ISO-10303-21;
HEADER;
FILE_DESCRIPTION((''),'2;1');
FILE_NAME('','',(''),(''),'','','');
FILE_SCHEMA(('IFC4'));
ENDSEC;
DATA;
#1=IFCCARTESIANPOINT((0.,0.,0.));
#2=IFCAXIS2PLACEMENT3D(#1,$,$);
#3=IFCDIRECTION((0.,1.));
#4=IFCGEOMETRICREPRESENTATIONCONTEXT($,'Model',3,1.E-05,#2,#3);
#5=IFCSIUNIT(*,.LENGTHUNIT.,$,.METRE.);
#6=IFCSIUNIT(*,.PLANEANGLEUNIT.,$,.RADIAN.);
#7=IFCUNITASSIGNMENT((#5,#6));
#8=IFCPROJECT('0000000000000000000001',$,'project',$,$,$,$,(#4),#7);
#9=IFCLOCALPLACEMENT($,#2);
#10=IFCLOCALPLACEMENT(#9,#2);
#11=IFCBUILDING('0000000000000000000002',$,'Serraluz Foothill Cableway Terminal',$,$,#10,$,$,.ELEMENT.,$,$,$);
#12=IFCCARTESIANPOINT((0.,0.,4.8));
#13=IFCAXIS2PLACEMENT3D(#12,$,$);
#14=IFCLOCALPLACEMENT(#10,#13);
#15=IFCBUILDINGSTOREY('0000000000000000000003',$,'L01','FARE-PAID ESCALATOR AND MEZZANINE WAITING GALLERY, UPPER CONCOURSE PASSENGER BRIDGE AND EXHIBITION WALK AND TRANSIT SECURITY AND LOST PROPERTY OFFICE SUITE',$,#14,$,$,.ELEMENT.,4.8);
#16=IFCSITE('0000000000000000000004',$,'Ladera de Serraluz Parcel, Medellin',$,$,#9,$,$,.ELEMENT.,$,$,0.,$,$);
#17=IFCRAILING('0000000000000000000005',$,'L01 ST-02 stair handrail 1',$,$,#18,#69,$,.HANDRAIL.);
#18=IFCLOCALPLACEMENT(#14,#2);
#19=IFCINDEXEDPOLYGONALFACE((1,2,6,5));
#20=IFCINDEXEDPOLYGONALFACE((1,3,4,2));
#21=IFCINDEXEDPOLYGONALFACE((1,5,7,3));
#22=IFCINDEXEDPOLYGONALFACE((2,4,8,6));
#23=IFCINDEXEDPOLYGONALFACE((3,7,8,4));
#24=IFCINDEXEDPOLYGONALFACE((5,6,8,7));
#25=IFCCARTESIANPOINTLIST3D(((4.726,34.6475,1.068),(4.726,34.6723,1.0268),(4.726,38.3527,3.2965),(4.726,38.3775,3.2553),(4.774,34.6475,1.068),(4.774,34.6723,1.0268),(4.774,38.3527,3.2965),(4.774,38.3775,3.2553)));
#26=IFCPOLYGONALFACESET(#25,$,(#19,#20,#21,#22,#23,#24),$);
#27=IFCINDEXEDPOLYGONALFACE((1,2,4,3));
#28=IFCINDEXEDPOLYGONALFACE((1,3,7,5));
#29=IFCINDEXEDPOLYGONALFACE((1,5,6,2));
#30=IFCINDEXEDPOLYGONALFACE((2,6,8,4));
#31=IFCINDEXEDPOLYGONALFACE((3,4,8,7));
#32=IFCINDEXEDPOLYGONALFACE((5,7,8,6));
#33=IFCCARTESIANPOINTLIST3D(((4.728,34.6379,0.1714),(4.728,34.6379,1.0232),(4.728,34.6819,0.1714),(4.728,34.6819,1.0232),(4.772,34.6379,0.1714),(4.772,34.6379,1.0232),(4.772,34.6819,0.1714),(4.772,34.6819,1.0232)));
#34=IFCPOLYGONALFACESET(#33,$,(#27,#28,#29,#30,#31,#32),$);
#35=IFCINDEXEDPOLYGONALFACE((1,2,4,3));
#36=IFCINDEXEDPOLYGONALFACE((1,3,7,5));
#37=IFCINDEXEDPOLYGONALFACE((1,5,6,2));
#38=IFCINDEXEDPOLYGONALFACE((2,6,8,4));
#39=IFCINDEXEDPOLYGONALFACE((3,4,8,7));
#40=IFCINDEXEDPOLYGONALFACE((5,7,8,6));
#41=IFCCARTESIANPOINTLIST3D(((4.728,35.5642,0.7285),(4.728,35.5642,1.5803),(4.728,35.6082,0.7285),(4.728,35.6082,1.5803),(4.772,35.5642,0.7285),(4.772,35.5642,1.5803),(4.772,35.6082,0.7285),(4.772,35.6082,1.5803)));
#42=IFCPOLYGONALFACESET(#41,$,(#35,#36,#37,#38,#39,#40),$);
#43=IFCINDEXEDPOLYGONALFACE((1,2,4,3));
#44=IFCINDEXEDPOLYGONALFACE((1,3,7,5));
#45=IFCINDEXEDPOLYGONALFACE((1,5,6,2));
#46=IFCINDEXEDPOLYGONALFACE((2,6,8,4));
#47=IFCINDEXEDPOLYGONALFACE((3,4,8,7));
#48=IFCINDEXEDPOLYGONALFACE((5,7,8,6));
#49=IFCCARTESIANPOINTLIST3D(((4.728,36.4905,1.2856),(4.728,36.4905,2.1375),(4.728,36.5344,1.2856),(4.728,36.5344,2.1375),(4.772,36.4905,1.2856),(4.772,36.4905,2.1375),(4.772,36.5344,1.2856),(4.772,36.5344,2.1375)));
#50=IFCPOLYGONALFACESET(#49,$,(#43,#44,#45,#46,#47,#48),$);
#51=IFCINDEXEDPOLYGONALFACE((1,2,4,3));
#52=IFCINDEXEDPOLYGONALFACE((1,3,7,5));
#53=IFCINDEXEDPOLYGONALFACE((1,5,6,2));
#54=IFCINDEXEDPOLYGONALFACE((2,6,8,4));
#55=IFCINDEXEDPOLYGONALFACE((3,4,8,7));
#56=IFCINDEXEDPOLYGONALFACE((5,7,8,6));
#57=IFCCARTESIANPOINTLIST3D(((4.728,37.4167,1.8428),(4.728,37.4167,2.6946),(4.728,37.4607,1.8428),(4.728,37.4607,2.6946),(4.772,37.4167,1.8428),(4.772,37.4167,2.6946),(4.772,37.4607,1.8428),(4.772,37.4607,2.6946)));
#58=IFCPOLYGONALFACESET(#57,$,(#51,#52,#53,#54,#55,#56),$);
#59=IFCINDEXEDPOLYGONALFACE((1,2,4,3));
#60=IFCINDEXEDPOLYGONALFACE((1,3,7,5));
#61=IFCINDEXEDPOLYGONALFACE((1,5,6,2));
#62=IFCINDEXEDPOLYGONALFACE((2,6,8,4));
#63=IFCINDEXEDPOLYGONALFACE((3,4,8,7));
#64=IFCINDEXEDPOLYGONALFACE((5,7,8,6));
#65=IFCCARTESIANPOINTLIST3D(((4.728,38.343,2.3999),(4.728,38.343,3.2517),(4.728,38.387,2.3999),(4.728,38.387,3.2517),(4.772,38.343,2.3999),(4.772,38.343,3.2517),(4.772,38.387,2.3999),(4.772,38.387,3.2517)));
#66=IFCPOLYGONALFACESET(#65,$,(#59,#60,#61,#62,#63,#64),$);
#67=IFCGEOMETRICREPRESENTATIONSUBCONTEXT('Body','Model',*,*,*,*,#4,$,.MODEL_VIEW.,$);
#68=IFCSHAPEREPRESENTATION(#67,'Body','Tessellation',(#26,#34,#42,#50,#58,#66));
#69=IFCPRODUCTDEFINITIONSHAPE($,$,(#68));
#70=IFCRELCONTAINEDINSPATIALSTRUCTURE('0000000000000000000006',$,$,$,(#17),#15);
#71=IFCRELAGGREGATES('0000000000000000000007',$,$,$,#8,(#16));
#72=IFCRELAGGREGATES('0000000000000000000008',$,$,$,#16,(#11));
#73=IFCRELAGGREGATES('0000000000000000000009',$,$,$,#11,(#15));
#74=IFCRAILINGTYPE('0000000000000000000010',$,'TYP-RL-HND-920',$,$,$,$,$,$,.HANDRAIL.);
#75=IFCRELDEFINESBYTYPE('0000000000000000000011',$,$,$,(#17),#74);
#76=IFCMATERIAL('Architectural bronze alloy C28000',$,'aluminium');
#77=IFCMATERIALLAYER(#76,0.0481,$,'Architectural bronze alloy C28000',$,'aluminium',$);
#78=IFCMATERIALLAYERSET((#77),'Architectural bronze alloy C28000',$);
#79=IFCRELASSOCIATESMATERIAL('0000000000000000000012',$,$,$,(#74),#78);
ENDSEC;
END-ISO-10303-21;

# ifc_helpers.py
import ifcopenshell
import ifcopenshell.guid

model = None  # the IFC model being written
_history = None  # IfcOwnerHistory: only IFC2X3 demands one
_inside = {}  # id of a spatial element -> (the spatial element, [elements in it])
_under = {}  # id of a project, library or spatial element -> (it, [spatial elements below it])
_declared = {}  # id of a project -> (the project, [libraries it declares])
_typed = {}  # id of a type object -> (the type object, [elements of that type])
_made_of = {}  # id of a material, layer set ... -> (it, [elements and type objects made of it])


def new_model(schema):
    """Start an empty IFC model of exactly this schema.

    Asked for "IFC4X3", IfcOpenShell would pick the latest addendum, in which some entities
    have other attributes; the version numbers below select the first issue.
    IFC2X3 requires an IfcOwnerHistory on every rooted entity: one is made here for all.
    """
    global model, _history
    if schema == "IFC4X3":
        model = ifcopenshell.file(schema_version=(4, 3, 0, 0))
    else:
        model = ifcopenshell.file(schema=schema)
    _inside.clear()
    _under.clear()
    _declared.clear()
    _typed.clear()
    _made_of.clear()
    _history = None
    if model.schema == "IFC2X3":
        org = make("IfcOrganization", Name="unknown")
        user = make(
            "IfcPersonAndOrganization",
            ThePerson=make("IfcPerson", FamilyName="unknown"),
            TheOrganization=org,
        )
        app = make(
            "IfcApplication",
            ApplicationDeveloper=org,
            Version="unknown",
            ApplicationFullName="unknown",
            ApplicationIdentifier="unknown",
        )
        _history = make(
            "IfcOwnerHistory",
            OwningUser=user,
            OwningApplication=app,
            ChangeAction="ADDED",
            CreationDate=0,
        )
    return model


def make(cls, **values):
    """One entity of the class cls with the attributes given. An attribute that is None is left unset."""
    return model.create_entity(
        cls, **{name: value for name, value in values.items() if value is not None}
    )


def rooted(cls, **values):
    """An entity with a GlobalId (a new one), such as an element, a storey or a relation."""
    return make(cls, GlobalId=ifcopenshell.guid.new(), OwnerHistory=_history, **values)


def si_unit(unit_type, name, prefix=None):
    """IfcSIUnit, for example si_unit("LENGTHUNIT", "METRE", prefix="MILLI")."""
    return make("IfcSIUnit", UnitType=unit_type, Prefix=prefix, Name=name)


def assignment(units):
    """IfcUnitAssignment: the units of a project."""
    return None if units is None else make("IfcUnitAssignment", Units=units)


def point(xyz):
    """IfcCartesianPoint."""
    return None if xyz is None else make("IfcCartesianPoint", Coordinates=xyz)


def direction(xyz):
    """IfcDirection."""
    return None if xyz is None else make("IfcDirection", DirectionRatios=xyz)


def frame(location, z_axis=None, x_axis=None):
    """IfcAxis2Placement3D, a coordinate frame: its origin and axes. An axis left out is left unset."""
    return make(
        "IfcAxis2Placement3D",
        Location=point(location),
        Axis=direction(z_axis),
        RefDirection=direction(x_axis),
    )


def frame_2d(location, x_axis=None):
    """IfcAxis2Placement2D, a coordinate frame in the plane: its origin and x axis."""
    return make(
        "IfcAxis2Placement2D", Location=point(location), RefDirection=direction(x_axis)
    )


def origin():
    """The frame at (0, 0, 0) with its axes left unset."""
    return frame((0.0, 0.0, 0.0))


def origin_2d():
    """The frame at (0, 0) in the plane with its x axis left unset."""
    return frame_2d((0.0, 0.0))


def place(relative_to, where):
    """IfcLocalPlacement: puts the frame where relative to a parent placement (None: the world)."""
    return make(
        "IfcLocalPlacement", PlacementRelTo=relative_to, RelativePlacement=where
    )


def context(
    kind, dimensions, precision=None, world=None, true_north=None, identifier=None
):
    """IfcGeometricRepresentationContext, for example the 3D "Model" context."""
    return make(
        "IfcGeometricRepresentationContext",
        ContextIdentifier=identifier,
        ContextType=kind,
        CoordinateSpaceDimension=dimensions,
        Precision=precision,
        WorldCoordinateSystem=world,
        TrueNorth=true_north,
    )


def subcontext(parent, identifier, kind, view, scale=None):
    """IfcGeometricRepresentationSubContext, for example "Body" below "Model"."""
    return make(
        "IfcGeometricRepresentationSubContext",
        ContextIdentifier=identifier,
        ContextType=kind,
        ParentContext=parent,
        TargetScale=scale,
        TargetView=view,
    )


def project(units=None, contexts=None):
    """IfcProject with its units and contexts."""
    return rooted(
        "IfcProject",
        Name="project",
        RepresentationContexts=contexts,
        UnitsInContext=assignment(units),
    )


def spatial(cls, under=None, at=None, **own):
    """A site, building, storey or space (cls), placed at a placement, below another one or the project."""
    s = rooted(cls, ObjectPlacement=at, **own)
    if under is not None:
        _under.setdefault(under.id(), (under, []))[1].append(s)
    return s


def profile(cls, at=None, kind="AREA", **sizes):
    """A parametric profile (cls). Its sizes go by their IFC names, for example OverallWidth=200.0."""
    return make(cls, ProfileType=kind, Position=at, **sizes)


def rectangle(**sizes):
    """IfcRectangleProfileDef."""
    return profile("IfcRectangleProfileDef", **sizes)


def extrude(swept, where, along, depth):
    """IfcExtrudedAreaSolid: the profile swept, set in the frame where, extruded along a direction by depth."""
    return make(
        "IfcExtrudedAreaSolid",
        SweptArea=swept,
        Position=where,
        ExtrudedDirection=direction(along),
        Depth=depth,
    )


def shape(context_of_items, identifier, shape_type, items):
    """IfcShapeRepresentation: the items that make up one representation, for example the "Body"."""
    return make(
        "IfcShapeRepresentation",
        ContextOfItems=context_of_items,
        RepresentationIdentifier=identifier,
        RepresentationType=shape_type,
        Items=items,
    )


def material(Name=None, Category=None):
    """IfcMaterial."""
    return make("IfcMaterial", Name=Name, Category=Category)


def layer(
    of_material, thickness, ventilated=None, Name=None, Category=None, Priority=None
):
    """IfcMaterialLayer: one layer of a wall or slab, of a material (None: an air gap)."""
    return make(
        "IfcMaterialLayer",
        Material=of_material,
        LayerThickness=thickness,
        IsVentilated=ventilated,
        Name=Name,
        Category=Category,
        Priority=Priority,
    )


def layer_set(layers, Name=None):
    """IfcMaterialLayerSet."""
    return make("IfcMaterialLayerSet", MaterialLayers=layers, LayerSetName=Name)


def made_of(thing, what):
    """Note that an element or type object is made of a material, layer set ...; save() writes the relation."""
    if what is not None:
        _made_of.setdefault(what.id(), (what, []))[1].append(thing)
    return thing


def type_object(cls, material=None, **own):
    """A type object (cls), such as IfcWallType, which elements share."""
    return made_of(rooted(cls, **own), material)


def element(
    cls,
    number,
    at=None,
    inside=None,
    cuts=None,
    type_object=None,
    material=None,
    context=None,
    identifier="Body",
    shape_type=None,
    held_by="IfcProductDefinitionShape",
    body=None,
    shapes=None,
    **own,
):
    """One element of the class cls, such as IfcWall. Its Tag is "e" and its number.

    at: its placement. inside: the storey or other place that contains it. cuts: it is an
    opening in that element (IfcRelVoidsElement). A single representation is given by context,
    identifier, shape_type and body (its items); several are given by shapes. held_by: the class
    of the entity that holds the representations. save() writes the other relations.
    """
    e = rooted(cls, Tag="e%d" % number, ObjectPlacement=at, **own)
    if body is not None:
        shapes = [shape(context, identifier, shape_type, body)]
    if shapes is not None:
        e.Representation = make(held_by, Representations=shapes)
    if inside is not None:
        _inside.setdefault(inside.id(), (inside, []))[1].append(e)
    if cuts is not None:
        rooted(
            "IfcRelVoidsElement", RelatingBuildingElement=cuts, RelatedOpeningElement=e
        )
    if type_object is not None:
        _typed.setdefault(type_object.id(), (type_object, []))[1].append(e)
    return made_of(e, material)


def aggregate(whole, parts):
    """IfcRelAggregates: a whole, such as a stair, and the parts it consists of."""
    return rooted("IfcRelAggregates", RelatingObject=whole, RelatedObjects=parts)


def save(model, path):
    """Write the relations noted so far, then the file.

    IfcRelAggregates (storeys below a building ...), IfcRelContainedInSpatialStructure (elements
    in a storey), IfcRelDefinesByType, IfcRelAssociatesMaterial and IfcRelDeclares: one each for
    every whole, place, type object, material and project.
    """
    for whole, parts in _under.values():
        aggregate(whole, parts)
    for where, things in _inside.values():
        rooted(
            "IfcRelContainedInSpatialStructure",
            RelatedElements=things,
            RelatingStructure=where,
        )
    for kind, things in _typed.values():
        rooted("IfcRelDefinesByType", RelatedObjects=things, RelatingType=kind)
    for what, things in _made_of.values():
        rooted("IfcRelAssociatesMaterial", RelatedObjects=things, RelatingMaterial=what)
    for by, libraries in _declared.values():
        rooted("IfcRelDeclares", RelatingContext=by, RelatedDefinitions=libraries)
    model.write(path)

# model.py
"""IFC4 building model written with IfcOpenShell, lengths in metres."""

from ifc_helpers import new_model, si_unit, direction, frame, origin, origin_2d, place, context, subcontext, project, spatial, rectangle, extrude, material, layer, layer_set, type_object, element, save


model = new_model("IFC4")

# Units and contexts
model_context = context("Model", 3, precision=1e-05, world=origin(), true_north=direction((0.0, 1.0)))
body_context = subcontext(model_context, "Body", "Model", "MODEL_VIEW")
ifc_project = project(units=[si_unit("LENGTHUNIT", "METRE"), si_unit("PLANEANGLEUNIT", "RADIAN")], contexts=[model_context])

# Site, building, storey
site_placement = place(None, origin())
site = spatial("IfcSite", under=ifc_project, at=site_placement, Name="Ladera de Serraluz Parcel, Medellin", CompositionType="ELEMENT", RefElevation=0.0)
building_placement = place(site_placement, origin())
building = spatial("IfcBuilding", under=site, at=building_placement, Name="Serraluz Foothill Cableway Terminal", CompositionType="ELEMENT")
storey_placement = place(building_placement, frame((0.0, 0.0, 4.8)))
storey = spatial("IfcBuildingStorey", under=building, at=storey_placement, Name="L01", Description="FARE-PAID ESCALATOR AND MEZZANINE WAITING GALLERY, UPPER CONCOURSE PASSENGER BRIDGE AND EXHIBITION WALK AND TRANSIT SECURITY AND LOST PROPERTY OFFICE SUITE", CompositionType="ELEMENT", Elevation=4.8)

# Shared definitions
ifc_material_1 = material(Name="Architectural bronze alloy C28000", Category="aluminium")

# Railing
ifc_layer_1 = layer(ifc_material_1, 0.0481, Name="Architectural bronze alloy C28000", Category="aluminium")
ifc_layer_set_1 = layer_set([ifc_layer_1], Name="Architectural bronze alloy C28000")
railing_type_1 = type_object("IfcRailingType", Name="TYP-RL-HND-920", PredefinedType="HANDRAIL", material=ifc_layer_set_1)
railing_1_placement = place(storey_placement, frame((4.75, 34.6599, 0.1714)))
element("IfcRailing", 1, at=railing_1_placement, inside=storey, type_object=railing_type_1, Name="L01 ST-02 stair handrail 1", PredefinedType="HANDRAIL", context=body_context, shape_type="SweptSolid", body=[
    extrude(rectangle(XDim=0.0481, YDim=0.0481, at=origin_2d()), frame((0.0, 0.0, 0.876), z_axis=(0.0, 0.856934, 0.515425), x_axis=(-1.0, 0.0, 0.0)), (0.0, 0.0, 1.0), 4.3237),
    extrude(rectangle(XDim=0.0439, YDim=0.0439, at=origin_2d()), origin(), (0.0, 0.0, 1.0), 0.8518),
    extrude(rectangle(XDim=0.0439, YDim=0.0439, at=origin_2d()), frame((0.0, 0.9263, 0.5571)), (0.0, 0.0, 1.0), 0.8518),
    extrude(rectangle(XDim=0.0439, YDim=0.0439, at=origin_2d()), frame((0.0, 1.8525, 1.1143)), (0.0, 0.0, 1.0), 0.8518),
    extrude(rectangle(XDim=0.0439, YDim=0.0439, at=origin_2d()), frame((0.0, 2.7788, 1.6714)), (0.0, 0.0, 1.0), 0.8518),
    extrude(rectangle(XDim=0.0439, YDim=0.0439, at=origin_2d()), frame((0.0, 3.7051, 2.2285)), (0.0, 0.0, 1.0), 0.8518),
])

save(model, "model.ifc")
